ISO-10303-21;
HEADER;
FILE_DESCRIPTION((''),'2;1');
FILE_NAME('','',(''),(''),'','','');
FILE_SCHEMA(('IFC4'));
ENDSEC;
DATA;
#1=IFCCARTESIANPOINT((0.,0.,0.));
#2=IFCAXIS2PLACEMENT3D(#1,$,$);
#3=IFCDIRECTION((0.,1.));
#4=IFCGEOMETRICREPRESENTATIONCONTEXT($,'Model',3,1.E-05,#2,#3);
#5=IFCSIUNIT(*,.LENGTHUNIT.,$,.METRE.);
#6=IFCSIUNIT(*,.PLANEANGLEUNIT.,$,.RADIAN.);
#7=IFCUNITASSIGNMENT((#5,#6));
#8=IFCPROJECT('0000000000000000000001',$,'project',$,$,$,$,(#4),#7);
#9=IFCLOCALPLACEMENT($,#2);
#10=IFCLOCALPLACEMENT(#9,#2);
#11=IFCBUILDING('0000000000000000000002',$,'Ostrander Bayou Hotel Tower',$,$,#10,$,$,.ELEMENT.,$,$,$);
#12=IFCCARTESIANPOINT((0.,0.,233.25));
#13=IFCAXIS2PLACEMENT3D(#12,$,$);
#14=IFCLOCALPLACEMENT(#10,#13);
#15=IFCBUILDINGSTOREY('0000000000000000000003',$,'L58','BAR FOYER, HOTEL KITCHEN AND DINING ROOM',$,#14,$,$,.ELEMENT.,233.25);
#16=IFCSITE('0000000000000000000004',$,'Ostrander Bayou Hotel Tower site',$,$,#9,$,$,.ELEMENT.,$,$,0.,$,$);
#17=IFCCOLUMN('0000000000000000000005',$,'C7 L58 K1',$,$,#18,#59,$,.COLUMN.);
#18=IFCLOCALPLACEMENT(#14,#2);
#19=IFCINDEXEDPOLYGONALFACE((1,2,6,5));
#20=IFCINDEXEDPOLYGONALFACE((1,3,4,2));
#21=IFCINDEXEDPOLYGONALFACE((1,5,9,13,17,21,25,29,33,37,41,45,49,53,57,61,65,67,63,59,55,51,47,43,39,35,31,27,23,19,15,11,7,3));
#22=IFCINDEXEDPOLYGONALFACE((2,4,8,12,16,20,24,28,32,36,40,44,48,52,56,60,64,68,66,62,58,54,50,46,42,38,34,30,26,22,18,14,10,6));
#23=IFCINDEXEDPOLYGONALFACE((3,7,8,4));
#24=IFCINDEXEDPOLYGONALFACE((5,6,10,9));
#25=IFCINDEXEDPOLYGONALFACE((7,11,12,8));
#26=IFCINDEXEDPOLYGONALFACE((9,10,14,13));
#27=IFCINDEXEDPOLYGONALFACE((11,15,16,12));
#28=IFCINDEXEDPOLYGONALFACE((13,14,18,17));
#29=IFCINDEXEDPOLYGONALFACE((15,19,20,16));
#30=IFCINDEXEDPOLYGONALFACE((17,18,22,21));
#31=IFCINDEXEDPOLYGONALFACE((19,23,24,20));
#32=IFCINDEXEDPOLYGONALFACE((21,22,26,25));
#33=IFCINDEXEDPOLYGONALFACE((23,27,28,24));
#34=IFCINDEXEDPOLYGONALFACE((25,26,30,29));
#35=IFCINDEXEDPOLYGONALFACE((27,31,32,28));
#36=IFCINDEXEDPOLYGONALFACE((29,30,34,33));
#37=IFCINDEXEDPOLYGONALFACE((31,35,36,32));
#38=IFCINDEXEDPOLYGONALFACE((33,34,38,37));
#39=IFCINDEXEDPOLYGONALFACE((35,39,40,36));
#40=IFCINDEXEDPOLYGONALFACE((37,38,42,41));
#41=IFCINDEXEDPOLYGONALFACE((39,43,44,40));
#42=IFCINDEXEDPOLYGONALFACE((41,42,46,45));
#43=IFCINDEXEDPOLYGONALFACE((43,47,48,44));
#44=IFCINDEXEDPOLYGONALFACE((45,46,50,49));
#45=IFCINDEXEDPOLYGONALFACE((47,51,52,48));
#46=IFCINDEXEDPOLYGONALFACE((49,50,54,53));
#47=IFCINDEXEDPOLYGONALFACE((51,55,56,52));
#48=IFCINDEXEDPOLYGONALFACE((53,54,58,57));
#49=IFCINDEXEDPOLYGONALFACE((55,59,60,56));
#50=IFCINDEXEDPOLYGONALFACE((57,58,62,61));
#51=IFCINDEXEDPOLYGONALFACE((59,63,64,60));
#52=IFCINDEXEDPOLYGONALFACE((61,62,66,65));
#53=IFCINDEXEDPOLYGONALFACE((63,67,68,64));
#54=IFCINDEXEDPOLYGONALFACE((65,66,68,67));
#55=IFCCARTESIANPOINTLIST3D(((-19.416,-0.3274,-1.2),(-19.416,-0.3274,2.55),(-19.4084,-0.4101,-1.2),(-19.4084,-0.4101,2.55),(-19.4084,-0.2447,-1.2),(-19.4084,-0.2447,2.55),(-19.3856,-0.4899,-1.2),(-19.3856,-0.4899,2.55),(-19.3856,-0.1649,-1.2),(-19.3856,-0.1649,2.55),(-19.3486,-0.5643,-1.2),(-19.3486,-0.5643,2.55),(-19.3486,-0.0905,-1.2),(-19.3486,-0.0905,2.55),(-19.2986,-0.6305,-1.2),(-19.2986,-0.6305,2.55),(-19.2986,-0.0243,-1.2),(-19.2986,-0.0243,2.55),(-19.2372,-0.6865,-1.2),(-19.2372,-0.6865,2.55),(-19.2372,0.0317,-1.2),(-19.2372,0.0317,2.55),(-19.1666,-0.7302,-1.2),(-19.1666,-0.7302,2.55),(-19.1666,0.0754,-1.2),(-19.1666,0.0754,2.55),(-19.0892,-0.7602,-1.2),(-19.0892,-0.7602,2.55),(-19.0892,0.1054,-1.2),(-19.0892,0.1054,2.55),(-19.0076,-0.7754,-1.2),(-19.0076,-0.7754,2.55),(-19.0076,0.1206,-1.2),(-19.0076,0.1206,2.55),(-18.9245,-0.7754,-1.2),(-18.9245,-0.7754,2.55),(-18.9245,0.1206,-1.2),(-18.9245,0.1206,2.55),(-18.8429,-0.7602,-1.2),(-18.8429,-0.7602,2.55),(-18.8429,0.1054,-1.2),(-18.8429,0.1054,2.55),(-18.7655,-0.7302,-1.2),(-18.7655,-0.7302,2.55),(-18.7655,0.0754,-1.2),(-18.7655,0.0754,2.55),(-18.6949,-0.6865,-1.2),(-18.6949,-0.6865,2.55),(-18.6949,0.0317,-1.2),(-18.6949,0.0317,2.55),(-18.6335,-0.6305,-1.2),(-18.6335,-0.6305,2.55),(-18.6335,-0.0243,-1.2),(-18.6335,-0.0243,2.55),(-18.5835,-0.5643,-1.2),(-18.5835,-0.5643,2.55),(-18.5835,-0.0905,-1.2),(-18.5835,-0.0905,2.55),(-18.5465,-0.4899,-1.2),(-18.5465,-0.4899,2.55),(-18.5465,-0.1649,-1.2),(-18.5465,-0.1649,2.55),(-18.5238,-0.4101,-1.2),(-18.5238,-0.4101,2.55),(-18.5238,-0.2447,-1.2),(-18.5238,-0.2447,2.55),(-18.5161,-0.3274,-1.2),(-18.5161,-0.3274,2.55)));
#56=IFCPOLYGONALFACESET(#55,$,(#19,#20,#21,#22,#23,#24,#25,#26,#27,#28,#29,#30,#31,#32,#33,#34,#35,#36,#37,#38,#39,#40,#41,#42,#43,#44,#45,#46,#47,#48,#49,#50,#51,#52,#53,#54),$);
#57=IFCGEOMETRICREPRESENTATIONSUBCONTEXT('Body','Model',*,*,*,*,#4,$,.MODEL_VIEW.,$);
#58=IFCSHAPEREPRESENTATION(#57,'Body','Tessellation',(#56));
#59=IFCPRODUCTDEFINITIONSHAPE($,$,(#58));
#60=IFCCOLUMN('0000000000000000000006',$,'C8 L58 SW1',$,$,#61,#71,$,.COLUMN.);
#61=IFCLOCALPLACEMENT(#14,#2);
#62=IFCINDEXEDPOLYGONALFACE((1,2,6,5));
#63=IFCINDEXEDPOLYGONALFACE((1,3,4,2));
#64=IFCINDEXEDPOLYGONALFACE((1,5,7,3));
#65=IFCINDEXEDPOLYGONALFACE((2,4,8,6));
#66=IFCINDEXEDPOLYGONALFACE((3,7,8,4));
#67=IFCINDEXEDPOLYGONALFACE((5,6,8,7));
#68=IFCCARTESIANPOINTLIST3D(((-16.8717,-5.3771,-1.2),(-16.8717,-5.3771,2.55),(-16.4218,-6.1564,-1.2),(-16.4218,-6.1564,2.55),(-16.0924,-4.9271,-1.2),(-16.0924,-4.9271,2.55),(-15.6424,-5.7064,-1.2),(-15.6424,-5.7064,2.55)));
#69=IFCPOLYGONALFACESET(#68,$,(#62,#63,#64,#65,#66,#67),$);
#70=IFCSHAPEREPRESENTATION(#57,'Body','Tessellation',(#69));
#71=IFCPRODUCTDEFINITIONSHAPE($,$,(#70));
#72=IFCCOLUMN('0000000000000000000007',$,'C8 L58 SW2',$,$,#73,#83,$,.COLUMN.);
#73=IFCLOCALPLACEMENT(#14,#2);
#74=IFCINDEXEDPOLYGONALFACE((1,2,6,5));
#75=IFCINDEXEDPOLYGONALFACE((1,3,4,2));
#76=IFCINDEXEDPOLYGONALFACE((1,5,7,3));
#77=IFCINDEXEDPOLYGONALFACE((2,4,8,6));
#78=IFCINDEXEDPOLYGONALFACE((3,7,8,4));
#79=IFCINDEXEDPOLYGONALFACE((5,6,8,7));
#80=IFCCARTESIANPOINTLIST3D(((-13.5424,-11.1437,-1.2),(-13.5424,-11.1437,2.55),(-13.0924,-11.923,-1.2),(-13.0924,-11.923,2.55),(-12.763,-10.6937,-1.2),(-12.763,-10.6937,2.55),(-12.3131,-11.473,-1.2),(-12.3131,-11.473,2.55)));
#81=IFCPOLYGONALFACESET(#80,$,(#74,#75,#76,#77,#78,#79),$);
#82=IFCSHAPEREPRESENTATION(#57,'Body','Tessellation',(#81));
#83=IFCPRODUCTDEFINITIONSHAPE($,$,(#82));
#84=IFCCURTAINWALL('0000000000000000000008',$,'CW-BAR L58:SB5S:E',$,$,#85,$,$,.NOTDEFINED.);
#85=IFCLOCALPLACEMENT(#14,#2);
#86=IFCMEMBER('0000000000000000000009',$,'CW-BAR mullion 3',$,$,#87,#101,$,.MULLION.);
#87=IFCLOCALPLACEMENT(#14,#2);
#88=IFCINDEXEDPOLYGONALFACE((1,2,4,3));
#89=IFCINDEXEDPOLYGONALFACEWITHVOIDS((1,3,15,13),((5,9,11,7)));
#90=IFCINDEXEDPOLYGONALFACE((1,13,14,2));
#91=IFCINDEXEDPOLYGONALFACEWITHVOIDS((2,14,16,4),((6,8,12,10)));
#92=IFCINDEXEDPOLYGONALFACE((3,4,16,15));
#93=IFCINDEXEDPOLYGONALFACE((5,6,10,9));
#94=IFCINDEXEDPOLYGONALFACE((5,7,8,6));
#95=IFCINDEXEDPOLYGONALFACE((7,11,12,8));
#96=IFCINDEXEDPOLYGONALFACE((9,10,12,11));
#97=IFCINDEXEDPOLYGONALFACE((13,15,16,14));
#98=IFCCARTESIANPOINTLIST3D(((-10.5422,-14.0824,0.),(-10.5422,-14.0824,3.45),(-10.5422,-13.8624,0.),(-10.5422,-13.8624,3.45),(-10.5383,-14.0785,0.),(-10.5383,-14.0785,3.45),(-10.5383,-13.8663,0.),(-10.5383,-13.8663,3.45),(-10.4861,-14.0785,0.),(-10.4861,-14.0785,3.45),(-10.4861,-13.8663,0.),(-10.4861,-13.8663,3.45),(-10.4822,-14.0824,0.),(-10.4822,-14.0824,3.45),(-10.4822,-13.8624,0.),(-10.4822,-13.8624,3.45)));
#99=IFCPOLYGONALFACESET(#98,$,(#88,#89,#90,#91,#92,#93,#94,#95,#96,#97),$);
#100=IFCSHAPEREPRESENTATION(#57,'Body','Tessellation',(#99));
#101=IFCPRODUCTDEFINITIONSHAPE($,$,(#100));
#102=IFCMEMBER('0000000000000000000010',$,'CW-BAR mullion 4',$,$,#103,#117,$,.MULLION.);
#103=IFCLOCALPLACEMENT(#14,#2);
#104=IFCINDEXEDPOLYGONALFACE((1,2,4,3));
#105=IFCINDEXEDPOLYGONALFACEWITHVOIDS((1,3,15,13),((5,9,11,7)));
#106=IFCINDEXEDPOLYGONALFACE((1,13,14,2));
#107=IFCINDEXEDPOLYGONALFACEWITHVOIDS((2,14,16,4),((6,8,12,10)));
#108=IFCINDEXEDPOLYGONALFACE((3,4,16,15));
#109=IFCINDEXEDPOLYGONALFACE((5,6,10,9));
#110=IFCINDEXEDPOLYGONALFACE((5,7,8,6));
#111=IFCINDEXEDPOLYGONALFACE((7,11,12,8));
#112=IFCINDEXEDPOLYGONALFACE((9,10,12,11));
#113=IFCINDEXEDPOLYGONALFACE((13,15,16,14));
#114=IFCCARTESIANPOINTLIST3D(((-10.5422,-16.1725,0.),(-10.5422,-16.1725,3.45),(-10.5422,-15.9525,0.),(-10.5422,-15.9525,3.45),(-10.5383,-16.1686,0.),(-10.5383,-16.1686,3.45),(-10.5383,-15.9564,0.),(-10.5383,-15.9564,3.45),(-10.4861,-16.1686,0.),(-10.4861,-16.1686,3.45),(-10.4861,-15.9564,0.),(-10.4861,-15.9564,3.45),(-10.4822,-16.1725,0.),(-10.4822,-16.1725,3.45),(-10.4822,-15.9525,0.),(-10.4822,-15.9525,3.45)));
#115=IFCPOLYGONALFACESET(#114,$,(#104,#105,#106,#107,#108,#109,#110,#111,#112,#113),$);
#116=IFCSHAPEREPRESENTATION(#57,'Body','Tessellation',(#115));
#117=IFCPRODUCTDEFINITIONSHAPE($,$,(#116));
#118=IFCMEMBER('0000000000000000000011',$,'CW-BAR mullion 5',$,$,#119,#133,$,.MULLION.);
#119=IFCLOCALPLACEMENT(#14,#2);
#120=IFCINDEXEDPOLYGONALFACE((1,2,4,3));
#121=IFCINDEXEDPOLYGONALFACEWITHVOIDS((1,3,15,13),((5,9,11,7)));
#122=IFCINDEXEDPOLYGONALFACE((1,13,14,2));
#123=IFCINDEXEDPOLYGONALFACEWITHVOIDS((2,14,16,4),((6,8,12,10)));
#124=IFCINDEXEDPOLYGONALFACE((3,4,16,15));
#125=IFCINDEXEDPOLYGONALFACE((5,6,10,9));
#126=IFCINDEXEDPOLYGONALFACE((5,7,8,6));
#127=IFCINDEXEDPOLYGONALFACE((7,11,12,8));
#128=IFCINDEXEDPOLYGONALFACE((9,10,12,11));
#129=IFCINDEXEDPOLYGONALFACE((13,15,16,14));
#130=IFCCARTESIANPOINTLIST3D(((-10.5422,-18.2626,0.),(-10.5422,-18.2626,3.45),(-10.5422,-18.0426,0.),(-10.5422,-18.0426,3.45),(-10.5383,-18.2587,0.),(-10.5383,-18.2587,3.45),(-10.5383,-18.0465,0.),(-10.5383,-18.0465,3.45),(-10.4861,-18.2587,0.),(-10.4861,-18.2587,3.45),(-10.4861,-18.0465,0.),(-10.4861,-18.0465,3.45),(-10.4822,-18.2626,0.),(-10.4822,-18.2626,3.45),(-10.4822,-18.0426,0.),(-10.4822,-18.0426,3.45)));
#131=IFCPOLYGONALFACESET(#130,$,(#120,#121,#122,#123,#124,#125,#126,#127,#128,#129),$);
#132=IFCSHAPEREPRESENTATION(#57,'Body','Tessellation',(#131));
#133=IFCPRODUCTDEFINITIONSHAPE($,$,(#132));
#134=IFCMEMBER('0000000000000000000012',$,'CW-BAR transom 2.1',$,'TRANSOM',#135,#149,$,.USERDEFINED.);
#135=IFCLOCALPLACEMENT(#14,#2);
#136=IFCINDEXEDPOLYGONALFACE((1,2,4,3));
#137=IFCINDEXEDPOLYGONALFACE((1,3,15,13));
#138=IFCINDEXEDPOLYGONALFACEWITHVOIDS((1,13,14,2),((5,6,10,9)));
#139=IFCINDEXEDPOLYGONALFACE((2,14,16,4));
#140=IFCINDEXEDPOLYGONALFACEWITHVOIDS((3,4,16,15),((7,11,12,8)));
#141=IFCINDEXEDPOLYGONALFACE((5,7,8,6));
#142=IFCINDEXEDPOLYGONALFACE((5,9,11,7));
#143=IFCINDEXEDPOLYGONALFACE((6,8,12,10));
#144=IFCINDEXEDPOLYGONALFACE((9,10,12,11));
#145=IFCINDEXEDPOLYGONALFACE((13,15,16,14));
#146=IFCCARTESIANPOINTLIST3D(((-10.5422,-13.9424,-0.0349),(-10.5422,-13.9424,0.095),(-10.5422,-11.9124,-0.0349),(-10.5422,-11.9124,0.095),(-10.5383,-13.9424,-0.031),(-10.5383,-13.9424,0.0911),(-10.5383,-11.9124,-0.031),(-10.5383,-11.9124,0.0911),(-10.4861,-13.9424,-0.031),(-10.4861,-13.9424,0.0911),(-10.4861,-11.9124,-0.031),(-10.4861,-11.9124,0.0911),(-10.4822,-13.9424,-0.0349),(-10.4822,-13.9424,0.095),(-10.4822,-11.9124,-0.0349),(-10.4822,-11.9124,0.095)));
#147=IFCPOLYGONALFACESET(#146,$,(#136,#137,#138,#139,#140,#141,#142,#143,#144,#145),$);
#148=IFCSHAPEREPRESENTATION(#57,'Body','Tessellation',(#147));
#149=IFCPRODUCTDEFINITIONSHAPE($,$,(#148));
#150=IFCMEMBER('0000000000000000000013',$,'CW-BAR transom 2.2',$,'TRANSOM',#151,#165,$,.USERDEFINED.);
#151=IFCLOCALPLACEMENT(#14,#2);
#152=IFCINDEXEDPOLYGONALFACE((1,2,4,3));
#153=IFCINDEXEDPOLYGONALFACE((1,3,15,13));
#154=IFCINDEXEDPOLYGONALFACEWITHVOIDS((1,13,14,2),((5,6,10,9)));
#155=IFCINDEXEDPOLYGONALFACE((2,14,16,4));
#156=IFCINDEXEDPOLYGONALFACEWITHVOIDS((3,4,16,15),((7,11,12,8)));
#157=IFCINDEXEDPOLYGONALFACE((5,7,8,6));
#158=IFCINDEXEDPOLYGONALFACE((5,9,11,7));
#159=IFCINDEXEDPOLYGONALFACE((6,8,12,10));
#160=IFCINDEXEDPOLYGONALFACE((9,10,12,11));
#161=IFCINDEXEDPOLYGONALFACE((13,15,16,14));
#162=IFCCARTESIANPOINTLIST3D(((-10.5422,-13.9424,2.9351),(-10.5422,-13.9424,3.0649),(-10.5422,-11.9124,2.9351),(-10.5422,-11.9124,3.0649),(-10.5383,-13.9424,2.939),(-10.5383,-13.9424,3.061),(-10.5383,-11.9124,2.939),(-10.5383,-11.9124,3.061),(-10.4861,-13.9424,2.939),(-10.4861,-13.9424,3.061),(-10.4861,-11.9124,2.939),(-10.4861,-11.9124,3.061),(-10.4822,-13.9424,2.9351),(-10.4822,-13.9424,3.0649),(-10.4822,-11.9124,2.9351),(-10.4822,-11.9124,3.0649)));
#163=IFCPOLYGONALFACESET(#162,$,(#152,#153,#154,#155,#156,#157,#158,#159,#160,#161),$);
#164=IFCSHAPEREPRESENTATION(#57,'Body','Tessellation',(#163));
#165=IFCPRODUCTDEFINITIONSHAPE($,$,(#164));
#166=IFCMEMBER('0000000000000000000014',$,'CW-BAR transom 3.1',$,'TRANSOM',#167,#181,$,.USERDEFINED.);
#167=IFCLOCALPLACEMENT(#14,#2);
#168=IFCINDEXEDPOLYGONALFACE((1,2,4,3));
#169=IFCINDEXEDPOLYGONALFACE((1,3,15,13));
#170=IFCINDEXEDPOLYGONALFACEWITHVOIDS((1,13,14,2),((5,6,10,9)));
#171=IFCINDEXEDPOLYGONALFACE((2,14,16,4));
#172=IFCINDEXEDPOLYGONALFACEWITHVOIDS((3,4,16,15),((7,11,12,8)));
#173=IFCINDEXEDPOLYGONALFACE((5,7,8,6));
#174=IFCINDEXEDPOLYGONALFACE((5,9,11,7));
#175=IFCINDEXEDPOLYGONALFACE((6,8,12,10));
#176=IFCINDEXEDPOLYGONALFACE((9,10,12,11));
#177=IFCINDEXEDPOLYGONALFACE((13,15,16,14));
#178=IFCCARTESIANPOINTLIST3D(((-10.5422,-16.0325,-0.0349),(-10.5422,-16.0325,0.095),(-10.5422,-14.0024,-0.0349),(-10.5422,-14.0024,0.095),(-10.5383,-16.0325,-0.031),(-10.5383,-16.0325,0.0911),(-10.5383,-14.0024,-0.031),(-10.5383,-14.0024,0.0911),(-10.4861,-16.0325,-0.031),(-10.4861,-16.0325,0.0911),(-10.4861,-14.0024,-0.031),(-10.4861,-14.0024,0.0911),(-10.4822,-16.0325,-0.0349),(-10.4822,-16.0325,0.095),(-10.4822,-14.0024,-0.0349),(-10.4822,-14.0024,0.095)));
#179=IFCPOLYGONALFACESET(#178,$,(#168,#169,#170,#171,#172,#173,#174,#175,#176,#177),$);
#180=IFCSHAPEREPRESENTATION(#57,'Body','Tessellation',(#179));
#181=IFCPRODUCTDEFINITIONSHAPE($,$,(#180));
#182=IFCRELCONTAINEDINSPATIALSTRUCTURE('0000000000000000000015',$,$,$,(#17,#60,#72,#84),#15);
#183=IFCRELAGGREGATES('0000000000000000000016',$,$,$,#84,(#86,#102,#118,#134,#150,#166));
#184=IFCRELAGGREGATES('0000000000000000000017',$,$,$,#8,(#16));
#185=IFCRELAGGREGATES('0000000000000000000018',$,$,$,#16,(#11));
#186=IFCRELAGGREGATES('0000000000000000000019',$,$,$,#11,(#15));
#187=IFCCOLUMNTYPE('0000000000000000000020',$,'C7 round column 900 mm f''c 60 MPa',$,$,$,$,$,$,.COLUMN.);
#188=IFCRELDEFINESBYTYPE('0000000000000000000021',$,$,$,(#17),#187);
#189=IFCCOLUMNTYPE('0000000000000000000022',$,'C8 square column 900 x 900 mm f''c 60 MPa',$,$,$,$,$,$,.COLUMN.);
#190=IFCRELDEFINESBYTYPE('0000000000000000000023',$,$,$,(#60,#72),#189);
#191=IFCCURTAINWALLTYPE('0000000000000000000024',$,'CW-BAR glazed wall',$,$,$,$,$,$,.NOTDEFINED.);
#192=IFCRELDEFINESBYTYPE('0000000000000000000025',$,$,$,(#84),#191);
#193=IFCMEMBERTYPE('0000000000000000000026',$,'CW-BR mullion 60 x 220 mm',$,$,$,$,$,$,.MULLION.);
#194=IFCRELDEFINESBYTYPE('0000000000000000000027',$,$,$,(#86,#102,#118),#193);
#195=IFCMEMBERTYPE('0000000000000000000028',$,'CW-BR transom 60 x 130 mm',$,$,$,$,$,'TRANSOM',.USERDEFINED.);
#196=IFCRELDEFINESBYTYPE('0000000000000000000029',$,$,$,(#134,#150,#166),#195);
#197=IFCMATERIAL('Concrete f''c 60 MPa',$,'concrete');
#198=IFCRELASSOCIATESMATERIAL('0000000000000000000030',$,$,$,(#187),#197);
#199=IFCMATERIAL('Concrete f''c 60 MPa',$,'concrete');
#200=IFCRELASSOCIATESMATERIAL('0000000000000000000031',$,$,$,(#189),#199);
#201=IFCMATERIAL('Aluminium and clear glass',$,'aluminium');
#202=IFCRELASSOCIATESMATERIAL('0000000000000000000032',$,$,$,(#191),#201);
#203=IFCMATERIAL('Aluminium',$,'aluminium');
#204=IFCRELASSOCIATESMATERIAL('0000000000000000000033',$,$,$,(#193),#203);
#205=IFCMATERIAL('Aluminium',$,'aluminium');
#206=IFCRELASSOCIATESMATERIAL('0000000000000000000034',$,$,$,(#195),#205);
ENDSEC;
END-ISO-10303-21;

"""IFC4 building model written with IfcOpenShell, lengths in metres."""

from ifc_helpers import new_model, si_unit, direction, frame, origin, origin_2d, place, context, subcontext, project, spatial, rectangle, hollow_rectangle, circle, extrude, material, material_profile, profile_set, type_object, element, aggregate, save


model = new_model("IFC4")

# Units and contexts
model_context = context("Model", 3, precision=1e-05, world=origin(), true_north=direction((0.0, 1.0)))
body_context = subcontext(model_context, "Body", "Model", "MODEL_VIEW")
ifc_project = project(units=[si_unit("LENGTHUNIT", "METRE"), si_unit("PLANEANGLEUNIT", "RADIAN")], contexts=[model_context])

# Site, building, storey
site_placement = place(None, origin())
site = spatial("IfcSite", under=ifc_project, at=site_placement, Name="Ostrander Bayou Hotel Tower site", CompositionType="ELEMENT", RefElevation=0.0)
building_placement = place(site_placement, origin())
building = spatial("IfcBuilding", under=site, at=building_placement, Name="Ostrander Bayou Hotel Tower", CompositionType="ELEMENT")
storey_placement = place(building_placement, frame((0.0, 0.0, 233.25)))
storey = spatial("IfcBuildingStorey", under=building, at=storey_placement, Name="L58", Description="BAR FOYER, HOTEL KITCHEN AND DINING ROOM", CompositionType="ELEMENT", Elevation=233.25)

# Columns
ifc_material_1 = material(Name="Concrete f'c 60 MPa", Category="concrete")
ifc_material_profile_1 = material_profile(ifc_material_1, circle(Radius=0.45, at=origin_2d()))
ifc_profile_set_1 = profile_set([ifc_material_profile_1], Name="Concrete f'c 60 MPa")
column_type_1 = type_object("IfcColumnType", Name="C7 round column 900 mm f'c 60 MPa", PredefinedType="COLUMN", material=ifc_profile_set_1)
column_placement = place(storey_placement, frame((-18.9661, -0.3274, -1.2), z_axis=(0.0, 0.0, 1.0), x_axis=(1.0, 0.0, 0.0)))
element("IfcColumn", 1, at=column_placement, inside=storey, type_object=column_type_1, Name="C7 L58 K1", PredefinedType="COLUMN", context=body_context, shape_type="SweptSolid", body=[
    extrude(circle(Radius=0.45, at=origin_2d()), origin(), (0.0, 0.0, 1.0), 3.75),
])
ifc_material_2 = material(Name="Concrete f'c 60 MPa", Category="concrete")
ifc_material_profile_2 = material_profile(ifc_material_2, rectangle(XDim=0.8999, YDim=0.8999, at=origin_2d()))
ifc_profile_set_2 = profile_set([ifc_material_profile_2], Name="Concrete f'c 60 MPa")
column_type_2 = type_object("IfcColumnType", Name="C8 square column 900 x 900 mm f'c 60 MPa", PredefinedType="COLUMN", material=ifc_profile_set_2)
for number, where, z_axis, x_axis, name in (
    (2, (-16.2571, -5.5417, -1.2), (0.0, 0.0, 1.0), (-0.5, 0.866025, 0.0), "C8 L58 SW1"),
    (3, (-12.9277, -11.3083, -1.2), (0.0, 0.0, 1.0), (-0.5, 0.866025, 0.0), "C8 L58 SW2"),
):
    element("IfcColumn", number, at=place(storey_placement, frame(where, z_axis=z_axis, x_axis=x_axis)), inside=storey, type_object=column_type_2, Name=name, PredefinedType="COLUMN", context=body_context, shape_type="SweptSolid", body=[
        extrude(rectangle(XDim=0.8999, YDim=0.8999, at=origin_2d()), origin(), (0.0, 0.0, 1.0), 3.75),
    ])

# Curtain wall, members
ifc_material_3 = material(Name="Aluminium and clear glass", Category="aluminium")
curtain_wall_type = type_object("IfcCurtainWallType", Name="CW-BAR glazed wall", PredefinedType="NOTDEFINED", material=ifc_material_3)
curtain_wall_placement = place(storey_placement, origin())
curtain_wall = element("IfcCurtainWall", 4, at=curtain_wall_placement, inside=storey, type_object=curtain_wall_type, Name="CW-BAR L58:SB5S:E", PredefinedType="NOTDEFINED")
ifc_material_4 = material(Name="Aluminium", Category="aluminium")
ifc_material_profile_3 = material_profile(ifc_material_4, hollow_rectangle(XDim=0.0601, YDim=0.22, WallThickness=0.0039, at=origin_2d()))
ifc_profile_set_3 = profile_set([ifc_material_profile_3], Name="Aluminium")
member_type_1 = type_object("IfcMemberType", Name="CW-BR mullion 60 x 220 mm", PredefinedType="MULLION", material=ifc_profile_set_3)
member_1_placement = place(storey_placement, frame((-10.5122, -13.9724, 0.0), z_axis=(0.0, 0.0, 1.0), x_axis=(1.0, 0.0, 0.0)))
member_1 = element("IfcMember", 5, at=member_1_placement, type_object=member_type_1, Name="CW-BAR mullion 3", PredefinedType="MULLION", context=body_context, shape_type="SweptSolid", body=[
    extrude(hollow_rectangle(XDim=0.0601, YDim=0.22, WallThickness=0.0039, at=origin_2d()), origin(), (0.0, 0.0, 1.0), 3.45),
])
member_2_placement = place(storey_placement, frame((-10.5122, -16.0625, 0.0), z_axis=(0.0, 0.0, 1.0), x_axis=(1.0, 0.0, 0.0)))
member_2 = element("IfcMember", 6, at=member_2_placement, type_object=member_type_1, Name="CW-BAR mullion 4", PredefinedType="MULLION", context=body_context, shape_type="SweptSolid", body=[
    extrude(hollow_rectangle(XDim=0.0601, YDim=0.22, WallThickness=0.0039, at=origin_2d()), origin(), (0.0, 0.0, 1.0), 3.45),
])
member_3_placement = place(storey_placement, frame((-10.5122, -18.1526, 0.0), z_axis=(0.0, 0.0, 1.0), x_axis=(1.0, 0.0, 0.0)))
member_3 = element("IfcMember", 7, at=member_3_placement, type_object=member_type_1, Name="CW-BAR mullion 5", PredefinedType="MULLION", context=body_context, shape_type="SweptSolid", body=[
    extrude(hollow_rectangle(XDim=0.0601, YDim=0.22, WallThickness=0.0039, at=origin_2d()), origin(), (0.0, 0.0, 1.0), 3.45),
])
ifc_material_5 = material(Name="Aluminium", Category="aluminium")
ifc_material_profile_4 = material_profile(ifc_material_5, hollow_rectangle(XDim=0.0601, YDim=0.1299, WallThickness=0.0039, at=origin_2d()))
ifc_profile_set_4 = profile_set([ifc_material_profile_4], Name="Aluminium")
member_type_2 = type_object("IfcMemberType", Name="CW-BR transom 60 x 130 mm", ElementType="TRANSOM", PredefinedType="USERDEFINED", material=ifc_profile_set_4)
member_4_placement = place(storey_placement, frame((-10.5122, -11.9124, 0.03), z_axis=(0.0, -1.0, 0.0), x_axis=(1.0, 0.0, 0.0)))
member_4 = element("IfcMember", 8, at=member_4_placement, type_object=member_type_2, Name="CW-BAR transom 2.1", ObjectType="TRANSOM", PredefinedType="USERDEFINED", context=body_context, shape_type="SweptSolid", body=[
    extrude(hollow_rectangle(XDim=0.0601, YDim=0.1299, WallThickness=0.0039, at=origin_2d()), origin(), (0.0, 0.0, 1.0), 2.03),
])
member_5_placement = place(storey_placement, frame((-10.5122, -11.9124, 3.0), z_axis=(0.0, -1.0, 0.0), x_axis=(1.0, 0.0, 0.0)))
member_5 = element("IfcMember", 9, at=member_5_placement, type_object=member_type_2, Name="CW-BAR transom 2.2", ObjectType="TRANSOM", PredefinedType="USERDEFINED", context=body_context, shape_type="SweptSolid", body=[
    extrude(hollow_rectangle(XDim=0.0601, YDim=0.1299, WallThickness=0.0039, at=origin_2d()), origin(), (0.0, 0.0, 1.0), 2.03),
])
member_6_placement = place(storey_placement, frame((-10.5122, -14.0024, 0.03), z_axis=(0.0, -1.0, 0.0), x_axis=(1.0, 0.0, 0.0)))
member_6 = element("IfcMember", 10, at=member_6_placement, type_object=member_type_2, Name="CW-BAR transom 3.1", ObjectType="TRANSOM", PredefinedType="USERDEFINED", context=body_context, shape_type="SweptSolid", body=[
    extrude(hollow_rectangle(XDim=0.0601, YDim=0.1299, WallThickness=0.0039, at=origin_2d()), origin(), (0.0, 0.0, 1.0), 2.03),
])

aggregate(curtain_wall, [member_1, member_2, member_3, member_4, member_5, member_6])

save(model, "model.ifc")
